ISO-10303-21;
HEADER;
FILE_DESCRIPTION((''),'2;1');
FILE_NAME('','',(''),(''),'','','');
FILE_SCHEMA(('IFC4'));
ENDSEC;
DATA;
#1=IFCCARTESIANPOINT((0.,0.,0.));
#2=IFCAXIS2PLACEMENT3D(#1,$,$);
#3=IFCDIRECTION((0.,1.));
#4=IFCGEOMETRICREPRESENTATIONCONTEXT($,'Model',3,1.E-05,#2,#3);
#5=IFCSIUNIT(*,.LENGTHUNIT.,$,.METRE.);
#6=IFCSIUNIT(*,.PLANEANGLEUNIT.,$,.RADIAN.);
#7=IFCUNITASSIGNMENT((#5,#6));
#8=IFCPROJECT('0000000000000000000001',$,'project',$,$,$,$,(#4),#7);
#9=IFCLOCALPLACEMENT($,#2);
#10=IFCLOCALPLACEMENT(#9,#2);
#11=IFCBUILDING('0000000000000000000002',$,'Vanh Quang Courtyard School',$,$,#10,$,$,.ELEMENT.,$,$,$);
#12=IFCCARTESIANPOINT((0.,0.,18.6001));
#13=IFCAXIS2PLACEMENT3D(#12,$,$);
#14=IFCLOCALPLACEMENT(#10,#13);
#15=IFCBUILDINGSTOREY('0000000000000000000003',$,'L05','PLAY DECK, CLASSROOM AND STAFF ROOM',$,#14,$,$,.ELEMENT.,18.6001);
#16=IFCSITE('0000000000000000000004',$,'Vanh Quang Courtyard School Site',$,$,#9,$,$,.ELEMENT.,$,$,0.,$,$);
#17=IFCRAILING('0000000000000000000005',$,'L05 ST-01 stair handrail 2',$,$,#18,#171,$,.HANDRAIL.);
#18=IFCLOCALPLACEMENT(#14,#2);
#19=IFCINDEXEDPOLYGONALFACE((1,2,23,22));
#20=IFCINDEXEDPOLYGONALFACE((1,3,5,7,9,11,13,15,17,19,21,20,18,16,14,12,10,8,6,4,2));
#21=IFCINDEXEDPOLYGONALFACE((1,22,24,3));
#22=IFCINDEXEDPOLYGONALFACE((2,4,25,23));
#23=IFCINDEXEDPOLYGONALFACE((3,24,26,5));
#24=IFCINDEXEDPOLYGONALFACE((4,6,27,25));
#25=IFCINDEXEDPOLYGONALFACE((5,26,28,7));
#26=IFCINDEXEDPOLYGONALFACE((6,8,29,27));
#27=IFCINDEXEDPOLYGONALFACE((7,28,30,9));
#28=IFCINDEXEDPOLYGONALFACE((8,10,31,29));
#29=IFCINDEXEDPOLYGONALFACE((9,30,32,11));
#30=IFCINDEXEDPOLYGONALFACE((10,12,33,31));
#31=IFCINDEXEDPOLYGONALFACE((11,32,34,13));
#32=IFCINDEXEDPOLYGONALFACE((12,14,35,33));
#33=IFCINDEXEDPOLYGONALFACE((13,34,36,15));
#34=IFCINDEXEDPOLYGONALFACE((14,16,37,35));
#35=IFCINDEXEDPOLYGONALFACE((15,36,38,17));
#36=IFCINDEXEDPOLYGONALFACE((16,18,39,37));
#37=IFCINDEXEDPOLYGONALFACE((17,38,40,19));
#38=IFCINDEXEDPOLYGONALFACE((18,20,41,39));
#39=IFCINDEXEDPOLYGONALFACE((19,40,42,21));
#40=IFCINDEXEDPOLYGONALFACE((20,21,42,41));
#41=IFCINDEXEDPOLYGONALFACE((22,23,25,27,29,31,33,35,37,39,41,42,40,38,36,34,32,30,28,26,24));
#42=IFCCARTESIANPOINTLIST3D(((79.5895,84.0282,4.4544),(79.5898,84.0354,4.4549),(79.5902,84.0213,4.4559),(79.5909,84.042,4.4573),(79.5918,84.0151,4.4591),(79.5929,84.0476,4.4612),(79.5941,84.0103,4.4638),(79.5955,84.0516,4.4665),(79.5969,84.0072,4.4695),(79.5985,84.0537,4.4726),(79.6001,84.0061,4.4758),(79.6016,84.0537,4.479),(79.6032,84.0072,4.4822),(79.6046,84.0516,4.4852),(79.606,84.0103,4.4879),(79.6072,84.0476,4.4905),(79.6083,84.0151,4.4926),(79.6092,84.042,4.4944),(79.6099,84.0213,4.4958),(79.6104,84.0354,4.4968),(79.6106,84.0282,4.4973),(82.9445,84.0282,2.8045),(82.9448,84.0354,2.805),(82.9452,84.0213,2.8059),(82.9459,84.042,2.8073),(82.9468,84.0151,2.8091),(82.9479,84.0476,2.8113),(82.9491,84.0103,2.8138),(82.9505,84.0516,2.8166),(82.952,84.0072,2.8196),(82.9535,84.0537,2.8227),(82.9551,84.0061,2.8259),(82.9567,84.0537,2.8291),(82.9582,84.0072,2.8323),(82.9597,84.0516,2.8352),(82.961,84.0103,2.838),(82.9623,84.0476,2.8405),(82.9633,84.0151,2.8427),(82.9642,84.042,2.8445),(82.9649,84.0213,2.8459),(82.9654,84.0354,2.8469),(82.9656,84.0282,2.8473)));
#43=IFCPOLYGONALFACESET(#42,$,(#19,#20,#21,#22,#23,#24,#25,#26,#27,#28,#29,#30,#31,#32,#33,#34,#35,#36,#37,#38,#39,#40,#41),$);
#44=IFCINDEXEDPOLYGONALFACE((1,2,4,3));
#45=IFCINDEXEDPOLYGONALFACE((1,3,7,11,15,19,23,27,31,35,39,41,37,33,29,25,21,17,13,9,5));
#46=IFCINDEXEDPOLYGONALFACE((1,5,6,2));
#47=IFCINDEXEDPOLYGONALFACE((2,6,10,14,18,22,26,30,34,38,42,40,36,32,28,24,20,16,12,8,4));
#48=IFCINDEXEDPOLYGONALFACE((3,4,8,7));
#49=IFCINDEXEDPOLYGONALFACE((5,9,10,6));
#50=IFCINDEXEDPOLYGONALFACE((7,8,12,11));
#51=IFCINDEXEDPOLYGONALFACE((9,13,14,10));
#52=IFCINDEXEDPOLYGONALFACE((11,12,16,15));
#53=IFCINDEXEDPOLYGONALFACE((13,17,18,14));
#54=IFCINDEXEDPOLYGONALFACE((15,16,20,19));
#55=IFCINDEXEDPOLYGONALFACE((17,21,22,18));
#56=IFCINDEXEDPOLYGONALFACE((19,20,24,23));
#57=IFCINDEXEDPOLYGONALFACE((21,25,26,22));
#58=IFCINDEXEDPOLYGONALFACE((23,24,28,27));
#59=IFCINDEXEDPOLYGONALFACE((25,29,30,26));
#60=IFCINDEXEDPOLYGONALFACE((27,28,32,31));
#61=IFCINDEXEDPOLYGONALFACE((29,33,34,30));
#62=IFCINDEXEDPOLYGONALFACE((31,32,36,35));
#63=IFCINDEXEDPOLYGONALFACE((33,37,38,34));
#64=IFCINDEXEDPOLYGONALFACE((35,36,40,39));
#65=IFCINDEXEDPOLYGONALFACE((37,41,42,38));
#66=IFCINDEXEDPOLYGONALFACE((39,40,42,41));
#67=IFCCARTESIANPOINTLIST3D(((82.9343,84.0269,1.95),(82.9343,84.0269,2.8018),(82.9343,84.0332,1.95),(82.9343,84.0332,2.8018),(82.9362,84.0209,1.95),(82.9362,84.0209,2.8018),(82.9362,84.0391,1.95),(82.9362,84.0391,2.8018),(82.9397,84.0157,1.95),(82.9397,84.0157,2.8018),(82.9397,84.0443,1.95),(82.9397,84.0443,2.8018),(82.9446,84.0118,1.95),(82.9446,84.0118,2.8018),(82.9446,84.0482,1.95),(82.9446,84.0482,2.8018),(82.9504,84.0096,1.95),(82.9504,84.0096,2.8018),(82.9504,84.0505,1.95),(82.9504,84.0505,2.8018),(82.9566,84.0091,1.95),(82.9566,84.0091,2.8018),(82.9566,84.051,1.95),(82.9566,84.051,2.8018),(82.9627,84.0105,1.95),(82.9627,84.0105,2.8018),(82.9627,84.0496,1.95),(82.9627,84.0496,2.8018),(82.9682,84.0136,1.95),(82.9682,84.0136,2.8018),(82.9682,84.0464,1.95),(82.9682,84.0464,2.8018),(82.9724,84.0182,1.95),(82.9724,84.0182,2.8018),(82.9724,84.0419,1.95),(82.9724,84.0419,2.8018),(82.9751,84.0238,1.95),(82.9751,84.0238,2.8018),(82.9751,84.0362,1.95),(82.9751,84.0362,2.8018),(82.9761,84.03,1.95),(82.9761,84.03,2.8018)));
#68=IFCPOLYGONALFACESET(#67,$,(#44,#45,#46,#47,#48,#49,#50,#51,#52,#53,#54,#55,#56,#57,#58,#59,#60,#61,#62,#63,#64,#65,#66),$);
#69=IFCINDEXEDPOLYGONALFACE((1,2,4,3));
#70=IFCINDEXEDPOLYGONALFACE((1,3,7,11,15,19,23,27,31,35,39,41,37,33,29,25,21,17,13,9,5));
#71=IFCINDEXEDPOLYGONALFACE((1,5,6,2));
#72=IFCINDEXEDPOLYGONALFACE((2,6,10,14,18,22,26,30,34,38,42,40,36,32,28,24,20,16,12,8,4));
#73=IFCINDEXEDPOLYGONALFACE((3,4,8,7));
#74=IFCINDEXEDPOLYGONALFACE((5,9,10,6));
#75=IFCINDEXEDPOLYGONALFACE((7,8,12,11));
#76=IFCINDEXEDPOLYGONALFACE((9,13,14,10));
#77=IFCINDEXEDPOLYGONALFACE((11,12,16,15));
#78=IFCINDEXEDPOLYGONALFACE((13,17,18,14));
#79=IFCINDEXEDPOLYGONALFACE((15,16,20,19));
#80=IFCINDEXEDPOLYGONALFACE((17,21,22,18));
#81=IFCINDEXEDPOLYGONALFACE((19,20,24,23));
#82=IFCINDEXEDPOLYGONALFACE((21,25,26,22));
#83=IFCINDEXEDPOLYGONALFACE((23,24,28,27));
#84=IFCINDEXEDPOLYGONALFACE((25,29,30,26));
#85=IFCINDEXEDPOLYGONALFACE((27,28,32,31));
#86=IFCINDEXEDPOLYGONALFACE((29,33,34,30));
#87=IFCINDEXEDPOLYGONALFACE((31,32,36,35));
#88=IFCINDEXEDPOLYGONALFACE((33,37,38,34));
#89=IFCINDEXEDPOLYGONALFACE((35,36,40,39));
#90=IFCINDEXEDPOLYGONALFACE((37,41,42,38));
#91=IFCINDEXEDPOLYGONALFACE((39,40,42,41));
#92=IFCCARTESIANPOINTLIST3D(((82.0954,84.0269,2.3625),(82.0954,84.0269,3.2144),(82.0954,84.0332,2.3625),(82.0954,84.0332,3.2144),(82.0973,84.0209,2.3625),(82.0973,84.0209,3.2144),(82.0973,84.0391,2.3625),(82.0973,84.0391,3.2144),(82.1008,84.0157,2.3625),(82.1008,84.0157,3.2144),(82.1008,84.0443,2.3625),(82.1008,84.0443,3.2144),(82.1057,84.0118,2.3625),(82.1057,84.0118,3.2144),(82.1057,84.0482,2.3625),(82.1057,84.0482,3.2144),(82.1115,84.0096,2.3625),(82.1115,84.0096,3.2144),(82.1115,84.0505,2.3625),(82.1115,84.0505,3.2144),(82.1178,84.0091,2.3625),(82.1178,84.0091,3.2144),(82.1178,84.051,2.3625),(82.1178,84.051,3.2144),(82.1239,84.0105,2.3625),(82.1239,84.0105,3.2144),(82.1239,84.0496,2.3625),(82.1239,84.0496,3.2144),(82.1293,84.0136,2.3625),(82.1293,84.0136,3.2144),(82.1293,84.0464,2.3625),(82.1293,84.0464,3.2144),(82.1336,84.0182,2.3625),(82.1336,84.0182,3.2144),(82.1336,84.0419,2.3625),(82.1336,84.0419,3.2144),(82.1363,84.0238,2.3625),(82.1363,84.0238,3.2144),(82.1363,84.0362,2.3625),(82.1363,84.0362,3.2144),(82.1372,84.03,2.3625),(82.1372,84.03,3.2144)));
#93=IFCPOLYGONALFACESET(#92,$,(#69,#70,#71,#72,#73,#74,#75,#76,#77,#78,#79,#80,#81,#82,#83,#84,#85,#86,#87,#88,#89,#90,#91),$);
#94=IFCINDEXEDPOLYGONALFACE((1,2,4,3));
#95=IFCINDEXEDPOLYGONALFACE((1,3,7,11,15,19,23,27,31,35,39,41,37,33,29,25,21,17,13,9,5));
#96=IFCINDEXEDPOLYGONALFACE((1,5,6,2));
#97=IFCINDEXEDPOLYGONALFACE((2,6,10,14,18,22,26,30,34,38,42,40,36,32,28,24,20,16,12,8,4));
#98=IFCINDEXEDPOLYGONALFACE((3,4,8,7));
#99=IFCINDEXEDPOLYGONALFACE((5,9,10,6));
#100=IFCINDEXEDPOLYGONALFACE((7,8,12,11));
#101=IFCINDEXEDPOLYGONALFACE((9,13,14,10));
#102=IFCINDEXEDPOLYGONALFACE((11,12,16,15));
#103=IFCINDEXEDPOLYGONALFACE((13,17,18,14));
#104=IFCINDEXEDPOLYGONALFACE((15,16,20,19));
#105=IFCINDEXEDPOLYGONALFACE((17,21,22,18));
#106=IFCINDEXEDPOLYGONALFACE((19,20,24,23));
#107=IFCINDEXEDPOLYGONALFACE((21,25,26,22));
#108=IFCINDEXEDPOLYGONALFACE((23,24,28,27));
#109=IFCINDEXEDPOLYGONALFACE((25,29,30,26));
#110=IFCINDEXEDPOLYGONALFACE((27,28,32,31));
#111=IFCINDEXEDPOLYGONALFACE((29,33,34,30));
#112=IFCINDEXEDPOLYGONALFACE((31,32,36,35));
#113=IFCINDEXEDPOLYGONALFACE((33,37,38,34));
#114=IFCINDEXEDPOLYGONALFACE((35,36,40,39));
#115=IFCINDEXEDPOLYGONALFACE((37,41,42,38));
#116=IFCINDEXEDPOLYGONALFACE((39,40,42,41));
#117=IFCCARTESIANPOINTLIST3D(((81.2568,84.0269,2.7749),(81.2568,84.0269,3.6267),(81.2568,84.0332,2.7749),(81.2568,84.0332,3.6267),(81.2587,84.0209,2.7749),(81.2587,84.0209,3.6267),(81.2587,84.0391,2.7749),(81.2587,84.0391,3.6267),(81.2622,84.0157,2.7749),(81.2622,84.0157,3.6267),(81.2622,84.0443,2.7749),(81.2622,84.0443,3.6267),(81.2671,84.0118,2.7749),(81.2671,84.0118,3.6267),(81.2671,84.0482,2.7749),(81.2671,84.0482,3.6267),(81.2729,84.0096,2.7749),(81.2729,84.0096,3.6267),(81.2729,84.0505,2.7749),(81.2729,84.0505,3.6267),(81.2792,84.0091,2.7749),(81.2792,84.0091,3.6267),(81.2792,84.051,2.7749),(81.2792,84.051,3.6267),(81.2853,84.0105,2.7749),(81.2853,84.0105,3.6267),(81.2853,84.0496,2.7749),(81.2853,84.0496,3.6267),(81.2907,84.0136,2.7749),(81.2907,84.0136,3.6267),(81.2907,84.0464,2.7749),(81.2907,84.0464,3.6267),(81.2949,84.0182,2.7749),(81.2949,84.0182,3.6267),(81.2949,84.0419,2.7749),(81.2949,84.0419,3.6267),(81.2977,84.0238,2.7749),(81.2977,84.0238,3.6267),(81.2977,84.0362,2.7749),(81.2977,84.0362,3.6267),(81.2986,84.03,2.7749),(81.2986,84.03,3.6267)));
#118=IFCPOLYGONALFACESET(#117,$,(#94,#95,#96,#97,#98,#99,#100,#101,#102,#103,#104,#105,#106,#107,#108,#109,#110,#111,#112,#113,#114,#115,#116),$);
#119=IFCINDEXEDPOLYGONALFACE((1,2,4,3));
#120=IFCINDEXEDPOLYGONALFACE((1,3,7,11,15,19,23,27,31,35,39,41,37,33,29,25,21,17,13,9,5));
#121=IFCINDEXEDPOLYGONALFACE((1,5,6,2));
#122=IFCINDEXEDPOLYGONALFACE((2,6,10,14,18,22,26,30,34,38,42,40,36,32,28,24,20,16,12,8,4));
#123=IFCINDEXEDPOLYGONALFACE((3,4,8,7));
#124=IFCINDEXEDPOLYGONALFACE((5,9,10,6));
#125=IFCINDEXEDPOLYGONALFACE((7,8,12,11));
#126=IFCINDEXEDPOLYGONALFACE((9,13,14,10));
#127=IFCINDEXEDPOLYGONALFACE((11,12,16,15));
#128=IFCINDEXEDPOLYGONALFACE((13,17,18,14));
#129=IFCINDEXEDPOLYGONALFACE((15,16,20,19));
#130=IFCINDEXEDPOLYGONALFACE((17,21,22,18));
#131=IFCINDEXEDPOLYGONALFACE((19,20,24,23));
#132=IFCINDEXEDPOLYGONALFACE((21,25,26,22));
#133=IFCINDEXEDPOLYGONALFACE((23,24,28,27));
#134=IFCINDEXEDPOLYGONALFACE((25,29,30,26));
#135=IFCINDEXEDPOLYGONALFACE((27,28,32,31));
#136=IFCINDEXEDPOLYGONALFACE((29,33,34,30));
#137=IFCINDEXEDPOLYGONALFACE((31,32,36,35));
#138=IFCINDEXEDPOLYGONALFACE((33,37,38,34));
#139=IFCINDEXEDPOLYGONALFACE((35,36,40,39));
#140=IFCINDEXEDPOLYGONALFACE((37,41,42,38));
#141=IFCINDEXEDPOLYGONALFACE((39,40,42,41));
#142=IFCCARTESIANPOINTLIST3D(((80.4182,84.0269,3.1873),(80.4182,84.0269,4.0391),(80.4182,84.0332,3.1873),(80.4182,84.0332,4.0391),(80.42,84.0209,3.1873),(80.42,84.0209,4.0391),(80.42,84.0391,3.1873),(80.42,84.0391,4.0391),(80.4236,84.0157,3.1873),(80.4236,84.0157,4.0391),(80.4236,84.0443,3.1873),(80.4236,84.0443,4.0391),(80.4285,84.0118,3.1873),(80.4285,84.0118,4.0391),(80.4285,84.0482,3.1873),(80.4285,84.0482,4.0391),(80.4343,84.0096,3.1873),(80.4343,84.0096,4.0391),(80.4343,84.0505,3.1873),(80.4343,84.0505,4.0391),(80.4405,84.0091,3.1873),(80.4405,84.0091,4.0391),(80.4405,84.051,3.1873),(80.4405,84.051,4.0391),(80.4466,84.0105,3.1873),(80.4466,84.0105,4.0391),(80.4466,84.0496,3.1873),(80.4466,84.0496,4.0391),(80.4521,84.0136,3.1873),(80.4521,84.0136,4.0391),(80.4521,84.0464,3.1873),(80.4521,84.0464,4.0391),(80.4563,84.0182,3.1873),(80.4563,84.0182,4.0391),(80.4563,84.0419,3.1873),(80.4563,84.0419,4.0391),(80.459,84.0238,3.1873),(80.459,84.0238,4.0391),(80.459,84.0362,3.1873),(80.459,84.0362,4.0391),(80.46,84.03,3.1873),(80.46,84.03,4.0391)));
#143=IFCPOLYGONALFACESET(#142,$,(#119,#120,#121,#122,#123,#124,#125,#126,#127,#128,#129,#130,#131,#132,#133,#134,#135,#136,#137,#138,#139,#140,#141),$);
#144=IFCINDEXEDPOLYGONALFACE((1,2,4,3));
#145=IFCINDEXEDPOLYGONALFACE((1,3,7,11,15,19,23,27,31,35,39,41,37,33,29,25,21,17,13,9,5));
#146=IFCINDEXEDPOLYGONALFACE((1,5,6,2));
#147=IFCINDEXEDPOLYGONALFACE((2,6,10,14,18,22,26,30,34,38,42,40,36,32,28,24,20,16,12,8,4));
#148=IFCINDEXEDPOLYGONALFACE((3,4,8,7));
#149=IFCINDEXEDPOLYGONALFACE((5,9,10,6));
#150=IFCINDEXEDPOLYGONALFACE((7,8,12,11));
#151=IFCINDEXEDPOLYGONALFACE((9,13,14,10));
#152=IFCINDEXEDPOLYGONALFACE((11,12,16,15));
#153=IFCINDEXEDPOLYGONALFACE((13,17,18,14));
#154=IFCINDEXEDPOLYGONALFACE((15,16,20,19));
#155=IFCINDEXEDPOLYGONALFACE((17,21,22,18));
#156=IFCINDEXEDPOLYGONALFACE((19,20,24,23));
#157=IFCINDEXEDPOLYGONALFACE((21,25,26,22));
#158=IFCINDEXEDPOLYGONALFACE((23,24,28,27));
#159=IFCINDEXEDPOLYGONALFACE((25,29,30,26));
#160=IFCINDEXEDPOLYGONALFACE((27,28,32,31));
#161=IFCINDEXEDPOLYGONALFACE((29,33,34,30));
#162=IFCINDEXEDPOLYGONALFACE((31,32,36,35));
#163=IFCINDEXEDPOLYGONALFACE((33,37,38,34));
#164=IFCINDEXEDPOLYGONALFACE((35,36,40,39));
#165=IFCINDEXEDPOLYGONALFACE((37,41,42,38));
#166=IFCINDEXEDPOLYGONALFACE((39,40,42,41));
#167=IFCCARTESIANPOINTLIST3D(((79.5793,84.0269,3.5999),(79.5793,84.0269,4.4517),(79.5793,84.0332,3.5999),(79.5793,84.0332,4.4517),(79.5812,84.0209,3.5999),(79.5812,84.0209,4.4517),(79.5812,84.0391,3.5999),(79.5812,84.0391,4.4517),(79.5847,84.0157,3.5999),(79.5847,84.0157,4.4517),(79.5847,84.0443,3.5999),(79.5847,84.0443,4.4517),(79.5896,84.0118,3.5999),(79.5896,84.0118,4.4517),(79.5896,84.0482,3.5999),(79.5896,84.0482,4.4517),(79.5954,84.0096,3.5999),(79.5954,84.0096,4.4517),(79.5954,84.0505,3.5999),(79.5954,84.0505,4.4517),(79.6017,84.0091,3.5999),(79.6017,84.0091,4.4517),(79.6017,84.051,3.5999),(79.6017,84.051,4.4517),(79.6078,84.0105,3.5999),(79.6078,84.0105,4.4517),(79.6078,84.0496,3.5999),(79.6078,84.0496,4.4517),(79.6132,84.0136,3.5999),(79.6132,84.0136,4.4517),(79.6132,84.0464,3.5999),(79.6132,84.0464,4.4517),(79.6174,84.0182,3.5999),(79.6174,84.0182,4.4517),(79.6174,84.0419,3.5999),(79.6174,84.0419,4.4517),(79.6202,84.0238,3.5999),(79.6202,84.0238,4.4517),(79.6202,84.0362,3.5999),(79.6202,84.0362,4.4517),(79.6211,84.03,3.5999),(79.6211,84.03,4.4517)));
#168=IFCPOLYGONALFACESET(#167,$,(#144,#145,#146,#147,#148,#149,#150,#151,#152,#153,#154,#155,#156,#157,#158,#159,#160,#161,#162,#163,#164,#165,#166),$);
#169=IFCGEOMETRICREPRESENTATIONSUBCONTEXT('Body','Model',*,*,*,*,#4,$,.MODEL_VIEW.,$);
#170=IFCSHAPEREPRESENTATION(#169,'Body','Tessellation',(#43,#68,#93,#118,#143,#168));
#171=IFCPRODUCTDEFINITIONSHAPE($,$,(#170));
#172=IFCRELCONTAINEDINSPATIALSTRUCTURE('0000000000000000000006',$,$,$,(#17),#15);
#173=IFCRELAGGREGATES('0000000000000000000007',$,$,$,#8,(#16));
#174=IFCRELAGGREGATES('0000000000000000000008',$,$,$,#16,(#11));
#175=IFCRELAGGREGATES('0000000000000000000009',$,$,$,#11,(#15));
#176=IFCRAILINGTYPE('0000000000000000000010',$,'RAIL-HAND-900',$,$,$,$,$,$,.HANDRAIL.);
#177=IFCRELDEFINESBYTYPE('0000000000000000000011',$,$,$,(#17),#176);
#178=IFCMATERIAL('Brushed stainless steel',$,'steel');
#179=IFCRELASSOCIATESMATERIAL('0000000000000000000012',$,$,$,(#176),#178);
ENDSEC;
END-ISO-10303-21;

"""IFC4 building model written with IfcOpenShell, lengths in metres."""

from ifc_helpers import new_model, si_unit, direction, frame, origin, origin_2d, place, context, subcontext, project, spatial, circle, extrude, material, type_object, element, save


model = new_model("IFC4")

# Units and contexts
model_context = context("Model", 3, precision=1e-05, world=origin(), true_north=direction((0.0, 1.0)))
body_context = subcontext(model_context, "Body", "Model", "MODEL_VIEW")
ifc_project = project(units=[si_unit("LENGTHUNIT", "METRE"), si_unit("PLANEANGLEUNIT", "RADIAN")], contexts=[model_context])

# Site, building, storey
site_placement = place(None, origin())
site = spatial("IfcSite", under=ifc_project, at=site_placement, Name="Vanh Quang Courtyard School Site", CompositionType="ELEMENT", RefElevation=0.0)
building_placement = place(site_placement, origin())
building = spatial("IfcBuilding", under=site, at=building_placement, Name="Vanh Quang Courtyard School", CompositionType="ELEMENT")
storey_placement = place(building_placement, frame((0.0, 0.0, 18.6001)))
storey = spatial("IfcBuildingStorey", under=building, at=storey_placement, Name="L05", Description="PLAY DECK, CLASSROOM AND STAFF ROOM", CompositionType="ELEMENT", Elevation=18.6001)

# Railing
ifc_material_1 = material(Name="Brushed stainless steel", Category="steel")
railing_type = type_object("IfcRailingType", Name="RAIL-HAND-900", PredefinedType="HANDRAIL", material=ifc_material_1)
railing_placement = place(storey_placement, frame((82.9551, 84.03, 1.95)))
element("IfcRailing", 1, at=railing_placement, inside=storey, type_object=railing_type, Name="L05 ST-01 stair handrail 2", PredefinedType="HANDRAIL", context=body_context, shape_type="SweptSolid", body=[
    extrude(circle(Radius=0.0239, at=origin_2d()), frame((0.0, 0.0, 0.876), z_axis=(-0.897359, 0.0, 0.441301), x_axis=(0.0, -1.0, 0.0)), (0.0, 0.0, 1.0), 3.7388),
    extrude(circle(Radius=0.021, at=origin_2d()), origin(), (0.0, 0.0, 1.0), 0.8518),
    extrude(circle(Radius=0.021, at=origin_2d()), frame((-0.8389, 0.0, 0.4126)), (0.0, 0.0, 1.0), 0.8518),
    extrude(circle(Radius=0.021, at=origin_2d()), frame((-1.6775, 0.0, 0.825)), (0.0, 0.0, 1.0), 0.8518),
    extrude(circle(Radius=0.021, at=origin_2d()), frame((-2.5161, 0.0, 1.2373)), (0.0, 0.0, 1.0), 0.8518),
    extrude(circle(Radius=0.021, at=origin_2d()), frame((-3.355, 0.0, 1.6499)), (0.0, 0.0, 1.0), 0.8518),
])

save(model, "model.ifc")
